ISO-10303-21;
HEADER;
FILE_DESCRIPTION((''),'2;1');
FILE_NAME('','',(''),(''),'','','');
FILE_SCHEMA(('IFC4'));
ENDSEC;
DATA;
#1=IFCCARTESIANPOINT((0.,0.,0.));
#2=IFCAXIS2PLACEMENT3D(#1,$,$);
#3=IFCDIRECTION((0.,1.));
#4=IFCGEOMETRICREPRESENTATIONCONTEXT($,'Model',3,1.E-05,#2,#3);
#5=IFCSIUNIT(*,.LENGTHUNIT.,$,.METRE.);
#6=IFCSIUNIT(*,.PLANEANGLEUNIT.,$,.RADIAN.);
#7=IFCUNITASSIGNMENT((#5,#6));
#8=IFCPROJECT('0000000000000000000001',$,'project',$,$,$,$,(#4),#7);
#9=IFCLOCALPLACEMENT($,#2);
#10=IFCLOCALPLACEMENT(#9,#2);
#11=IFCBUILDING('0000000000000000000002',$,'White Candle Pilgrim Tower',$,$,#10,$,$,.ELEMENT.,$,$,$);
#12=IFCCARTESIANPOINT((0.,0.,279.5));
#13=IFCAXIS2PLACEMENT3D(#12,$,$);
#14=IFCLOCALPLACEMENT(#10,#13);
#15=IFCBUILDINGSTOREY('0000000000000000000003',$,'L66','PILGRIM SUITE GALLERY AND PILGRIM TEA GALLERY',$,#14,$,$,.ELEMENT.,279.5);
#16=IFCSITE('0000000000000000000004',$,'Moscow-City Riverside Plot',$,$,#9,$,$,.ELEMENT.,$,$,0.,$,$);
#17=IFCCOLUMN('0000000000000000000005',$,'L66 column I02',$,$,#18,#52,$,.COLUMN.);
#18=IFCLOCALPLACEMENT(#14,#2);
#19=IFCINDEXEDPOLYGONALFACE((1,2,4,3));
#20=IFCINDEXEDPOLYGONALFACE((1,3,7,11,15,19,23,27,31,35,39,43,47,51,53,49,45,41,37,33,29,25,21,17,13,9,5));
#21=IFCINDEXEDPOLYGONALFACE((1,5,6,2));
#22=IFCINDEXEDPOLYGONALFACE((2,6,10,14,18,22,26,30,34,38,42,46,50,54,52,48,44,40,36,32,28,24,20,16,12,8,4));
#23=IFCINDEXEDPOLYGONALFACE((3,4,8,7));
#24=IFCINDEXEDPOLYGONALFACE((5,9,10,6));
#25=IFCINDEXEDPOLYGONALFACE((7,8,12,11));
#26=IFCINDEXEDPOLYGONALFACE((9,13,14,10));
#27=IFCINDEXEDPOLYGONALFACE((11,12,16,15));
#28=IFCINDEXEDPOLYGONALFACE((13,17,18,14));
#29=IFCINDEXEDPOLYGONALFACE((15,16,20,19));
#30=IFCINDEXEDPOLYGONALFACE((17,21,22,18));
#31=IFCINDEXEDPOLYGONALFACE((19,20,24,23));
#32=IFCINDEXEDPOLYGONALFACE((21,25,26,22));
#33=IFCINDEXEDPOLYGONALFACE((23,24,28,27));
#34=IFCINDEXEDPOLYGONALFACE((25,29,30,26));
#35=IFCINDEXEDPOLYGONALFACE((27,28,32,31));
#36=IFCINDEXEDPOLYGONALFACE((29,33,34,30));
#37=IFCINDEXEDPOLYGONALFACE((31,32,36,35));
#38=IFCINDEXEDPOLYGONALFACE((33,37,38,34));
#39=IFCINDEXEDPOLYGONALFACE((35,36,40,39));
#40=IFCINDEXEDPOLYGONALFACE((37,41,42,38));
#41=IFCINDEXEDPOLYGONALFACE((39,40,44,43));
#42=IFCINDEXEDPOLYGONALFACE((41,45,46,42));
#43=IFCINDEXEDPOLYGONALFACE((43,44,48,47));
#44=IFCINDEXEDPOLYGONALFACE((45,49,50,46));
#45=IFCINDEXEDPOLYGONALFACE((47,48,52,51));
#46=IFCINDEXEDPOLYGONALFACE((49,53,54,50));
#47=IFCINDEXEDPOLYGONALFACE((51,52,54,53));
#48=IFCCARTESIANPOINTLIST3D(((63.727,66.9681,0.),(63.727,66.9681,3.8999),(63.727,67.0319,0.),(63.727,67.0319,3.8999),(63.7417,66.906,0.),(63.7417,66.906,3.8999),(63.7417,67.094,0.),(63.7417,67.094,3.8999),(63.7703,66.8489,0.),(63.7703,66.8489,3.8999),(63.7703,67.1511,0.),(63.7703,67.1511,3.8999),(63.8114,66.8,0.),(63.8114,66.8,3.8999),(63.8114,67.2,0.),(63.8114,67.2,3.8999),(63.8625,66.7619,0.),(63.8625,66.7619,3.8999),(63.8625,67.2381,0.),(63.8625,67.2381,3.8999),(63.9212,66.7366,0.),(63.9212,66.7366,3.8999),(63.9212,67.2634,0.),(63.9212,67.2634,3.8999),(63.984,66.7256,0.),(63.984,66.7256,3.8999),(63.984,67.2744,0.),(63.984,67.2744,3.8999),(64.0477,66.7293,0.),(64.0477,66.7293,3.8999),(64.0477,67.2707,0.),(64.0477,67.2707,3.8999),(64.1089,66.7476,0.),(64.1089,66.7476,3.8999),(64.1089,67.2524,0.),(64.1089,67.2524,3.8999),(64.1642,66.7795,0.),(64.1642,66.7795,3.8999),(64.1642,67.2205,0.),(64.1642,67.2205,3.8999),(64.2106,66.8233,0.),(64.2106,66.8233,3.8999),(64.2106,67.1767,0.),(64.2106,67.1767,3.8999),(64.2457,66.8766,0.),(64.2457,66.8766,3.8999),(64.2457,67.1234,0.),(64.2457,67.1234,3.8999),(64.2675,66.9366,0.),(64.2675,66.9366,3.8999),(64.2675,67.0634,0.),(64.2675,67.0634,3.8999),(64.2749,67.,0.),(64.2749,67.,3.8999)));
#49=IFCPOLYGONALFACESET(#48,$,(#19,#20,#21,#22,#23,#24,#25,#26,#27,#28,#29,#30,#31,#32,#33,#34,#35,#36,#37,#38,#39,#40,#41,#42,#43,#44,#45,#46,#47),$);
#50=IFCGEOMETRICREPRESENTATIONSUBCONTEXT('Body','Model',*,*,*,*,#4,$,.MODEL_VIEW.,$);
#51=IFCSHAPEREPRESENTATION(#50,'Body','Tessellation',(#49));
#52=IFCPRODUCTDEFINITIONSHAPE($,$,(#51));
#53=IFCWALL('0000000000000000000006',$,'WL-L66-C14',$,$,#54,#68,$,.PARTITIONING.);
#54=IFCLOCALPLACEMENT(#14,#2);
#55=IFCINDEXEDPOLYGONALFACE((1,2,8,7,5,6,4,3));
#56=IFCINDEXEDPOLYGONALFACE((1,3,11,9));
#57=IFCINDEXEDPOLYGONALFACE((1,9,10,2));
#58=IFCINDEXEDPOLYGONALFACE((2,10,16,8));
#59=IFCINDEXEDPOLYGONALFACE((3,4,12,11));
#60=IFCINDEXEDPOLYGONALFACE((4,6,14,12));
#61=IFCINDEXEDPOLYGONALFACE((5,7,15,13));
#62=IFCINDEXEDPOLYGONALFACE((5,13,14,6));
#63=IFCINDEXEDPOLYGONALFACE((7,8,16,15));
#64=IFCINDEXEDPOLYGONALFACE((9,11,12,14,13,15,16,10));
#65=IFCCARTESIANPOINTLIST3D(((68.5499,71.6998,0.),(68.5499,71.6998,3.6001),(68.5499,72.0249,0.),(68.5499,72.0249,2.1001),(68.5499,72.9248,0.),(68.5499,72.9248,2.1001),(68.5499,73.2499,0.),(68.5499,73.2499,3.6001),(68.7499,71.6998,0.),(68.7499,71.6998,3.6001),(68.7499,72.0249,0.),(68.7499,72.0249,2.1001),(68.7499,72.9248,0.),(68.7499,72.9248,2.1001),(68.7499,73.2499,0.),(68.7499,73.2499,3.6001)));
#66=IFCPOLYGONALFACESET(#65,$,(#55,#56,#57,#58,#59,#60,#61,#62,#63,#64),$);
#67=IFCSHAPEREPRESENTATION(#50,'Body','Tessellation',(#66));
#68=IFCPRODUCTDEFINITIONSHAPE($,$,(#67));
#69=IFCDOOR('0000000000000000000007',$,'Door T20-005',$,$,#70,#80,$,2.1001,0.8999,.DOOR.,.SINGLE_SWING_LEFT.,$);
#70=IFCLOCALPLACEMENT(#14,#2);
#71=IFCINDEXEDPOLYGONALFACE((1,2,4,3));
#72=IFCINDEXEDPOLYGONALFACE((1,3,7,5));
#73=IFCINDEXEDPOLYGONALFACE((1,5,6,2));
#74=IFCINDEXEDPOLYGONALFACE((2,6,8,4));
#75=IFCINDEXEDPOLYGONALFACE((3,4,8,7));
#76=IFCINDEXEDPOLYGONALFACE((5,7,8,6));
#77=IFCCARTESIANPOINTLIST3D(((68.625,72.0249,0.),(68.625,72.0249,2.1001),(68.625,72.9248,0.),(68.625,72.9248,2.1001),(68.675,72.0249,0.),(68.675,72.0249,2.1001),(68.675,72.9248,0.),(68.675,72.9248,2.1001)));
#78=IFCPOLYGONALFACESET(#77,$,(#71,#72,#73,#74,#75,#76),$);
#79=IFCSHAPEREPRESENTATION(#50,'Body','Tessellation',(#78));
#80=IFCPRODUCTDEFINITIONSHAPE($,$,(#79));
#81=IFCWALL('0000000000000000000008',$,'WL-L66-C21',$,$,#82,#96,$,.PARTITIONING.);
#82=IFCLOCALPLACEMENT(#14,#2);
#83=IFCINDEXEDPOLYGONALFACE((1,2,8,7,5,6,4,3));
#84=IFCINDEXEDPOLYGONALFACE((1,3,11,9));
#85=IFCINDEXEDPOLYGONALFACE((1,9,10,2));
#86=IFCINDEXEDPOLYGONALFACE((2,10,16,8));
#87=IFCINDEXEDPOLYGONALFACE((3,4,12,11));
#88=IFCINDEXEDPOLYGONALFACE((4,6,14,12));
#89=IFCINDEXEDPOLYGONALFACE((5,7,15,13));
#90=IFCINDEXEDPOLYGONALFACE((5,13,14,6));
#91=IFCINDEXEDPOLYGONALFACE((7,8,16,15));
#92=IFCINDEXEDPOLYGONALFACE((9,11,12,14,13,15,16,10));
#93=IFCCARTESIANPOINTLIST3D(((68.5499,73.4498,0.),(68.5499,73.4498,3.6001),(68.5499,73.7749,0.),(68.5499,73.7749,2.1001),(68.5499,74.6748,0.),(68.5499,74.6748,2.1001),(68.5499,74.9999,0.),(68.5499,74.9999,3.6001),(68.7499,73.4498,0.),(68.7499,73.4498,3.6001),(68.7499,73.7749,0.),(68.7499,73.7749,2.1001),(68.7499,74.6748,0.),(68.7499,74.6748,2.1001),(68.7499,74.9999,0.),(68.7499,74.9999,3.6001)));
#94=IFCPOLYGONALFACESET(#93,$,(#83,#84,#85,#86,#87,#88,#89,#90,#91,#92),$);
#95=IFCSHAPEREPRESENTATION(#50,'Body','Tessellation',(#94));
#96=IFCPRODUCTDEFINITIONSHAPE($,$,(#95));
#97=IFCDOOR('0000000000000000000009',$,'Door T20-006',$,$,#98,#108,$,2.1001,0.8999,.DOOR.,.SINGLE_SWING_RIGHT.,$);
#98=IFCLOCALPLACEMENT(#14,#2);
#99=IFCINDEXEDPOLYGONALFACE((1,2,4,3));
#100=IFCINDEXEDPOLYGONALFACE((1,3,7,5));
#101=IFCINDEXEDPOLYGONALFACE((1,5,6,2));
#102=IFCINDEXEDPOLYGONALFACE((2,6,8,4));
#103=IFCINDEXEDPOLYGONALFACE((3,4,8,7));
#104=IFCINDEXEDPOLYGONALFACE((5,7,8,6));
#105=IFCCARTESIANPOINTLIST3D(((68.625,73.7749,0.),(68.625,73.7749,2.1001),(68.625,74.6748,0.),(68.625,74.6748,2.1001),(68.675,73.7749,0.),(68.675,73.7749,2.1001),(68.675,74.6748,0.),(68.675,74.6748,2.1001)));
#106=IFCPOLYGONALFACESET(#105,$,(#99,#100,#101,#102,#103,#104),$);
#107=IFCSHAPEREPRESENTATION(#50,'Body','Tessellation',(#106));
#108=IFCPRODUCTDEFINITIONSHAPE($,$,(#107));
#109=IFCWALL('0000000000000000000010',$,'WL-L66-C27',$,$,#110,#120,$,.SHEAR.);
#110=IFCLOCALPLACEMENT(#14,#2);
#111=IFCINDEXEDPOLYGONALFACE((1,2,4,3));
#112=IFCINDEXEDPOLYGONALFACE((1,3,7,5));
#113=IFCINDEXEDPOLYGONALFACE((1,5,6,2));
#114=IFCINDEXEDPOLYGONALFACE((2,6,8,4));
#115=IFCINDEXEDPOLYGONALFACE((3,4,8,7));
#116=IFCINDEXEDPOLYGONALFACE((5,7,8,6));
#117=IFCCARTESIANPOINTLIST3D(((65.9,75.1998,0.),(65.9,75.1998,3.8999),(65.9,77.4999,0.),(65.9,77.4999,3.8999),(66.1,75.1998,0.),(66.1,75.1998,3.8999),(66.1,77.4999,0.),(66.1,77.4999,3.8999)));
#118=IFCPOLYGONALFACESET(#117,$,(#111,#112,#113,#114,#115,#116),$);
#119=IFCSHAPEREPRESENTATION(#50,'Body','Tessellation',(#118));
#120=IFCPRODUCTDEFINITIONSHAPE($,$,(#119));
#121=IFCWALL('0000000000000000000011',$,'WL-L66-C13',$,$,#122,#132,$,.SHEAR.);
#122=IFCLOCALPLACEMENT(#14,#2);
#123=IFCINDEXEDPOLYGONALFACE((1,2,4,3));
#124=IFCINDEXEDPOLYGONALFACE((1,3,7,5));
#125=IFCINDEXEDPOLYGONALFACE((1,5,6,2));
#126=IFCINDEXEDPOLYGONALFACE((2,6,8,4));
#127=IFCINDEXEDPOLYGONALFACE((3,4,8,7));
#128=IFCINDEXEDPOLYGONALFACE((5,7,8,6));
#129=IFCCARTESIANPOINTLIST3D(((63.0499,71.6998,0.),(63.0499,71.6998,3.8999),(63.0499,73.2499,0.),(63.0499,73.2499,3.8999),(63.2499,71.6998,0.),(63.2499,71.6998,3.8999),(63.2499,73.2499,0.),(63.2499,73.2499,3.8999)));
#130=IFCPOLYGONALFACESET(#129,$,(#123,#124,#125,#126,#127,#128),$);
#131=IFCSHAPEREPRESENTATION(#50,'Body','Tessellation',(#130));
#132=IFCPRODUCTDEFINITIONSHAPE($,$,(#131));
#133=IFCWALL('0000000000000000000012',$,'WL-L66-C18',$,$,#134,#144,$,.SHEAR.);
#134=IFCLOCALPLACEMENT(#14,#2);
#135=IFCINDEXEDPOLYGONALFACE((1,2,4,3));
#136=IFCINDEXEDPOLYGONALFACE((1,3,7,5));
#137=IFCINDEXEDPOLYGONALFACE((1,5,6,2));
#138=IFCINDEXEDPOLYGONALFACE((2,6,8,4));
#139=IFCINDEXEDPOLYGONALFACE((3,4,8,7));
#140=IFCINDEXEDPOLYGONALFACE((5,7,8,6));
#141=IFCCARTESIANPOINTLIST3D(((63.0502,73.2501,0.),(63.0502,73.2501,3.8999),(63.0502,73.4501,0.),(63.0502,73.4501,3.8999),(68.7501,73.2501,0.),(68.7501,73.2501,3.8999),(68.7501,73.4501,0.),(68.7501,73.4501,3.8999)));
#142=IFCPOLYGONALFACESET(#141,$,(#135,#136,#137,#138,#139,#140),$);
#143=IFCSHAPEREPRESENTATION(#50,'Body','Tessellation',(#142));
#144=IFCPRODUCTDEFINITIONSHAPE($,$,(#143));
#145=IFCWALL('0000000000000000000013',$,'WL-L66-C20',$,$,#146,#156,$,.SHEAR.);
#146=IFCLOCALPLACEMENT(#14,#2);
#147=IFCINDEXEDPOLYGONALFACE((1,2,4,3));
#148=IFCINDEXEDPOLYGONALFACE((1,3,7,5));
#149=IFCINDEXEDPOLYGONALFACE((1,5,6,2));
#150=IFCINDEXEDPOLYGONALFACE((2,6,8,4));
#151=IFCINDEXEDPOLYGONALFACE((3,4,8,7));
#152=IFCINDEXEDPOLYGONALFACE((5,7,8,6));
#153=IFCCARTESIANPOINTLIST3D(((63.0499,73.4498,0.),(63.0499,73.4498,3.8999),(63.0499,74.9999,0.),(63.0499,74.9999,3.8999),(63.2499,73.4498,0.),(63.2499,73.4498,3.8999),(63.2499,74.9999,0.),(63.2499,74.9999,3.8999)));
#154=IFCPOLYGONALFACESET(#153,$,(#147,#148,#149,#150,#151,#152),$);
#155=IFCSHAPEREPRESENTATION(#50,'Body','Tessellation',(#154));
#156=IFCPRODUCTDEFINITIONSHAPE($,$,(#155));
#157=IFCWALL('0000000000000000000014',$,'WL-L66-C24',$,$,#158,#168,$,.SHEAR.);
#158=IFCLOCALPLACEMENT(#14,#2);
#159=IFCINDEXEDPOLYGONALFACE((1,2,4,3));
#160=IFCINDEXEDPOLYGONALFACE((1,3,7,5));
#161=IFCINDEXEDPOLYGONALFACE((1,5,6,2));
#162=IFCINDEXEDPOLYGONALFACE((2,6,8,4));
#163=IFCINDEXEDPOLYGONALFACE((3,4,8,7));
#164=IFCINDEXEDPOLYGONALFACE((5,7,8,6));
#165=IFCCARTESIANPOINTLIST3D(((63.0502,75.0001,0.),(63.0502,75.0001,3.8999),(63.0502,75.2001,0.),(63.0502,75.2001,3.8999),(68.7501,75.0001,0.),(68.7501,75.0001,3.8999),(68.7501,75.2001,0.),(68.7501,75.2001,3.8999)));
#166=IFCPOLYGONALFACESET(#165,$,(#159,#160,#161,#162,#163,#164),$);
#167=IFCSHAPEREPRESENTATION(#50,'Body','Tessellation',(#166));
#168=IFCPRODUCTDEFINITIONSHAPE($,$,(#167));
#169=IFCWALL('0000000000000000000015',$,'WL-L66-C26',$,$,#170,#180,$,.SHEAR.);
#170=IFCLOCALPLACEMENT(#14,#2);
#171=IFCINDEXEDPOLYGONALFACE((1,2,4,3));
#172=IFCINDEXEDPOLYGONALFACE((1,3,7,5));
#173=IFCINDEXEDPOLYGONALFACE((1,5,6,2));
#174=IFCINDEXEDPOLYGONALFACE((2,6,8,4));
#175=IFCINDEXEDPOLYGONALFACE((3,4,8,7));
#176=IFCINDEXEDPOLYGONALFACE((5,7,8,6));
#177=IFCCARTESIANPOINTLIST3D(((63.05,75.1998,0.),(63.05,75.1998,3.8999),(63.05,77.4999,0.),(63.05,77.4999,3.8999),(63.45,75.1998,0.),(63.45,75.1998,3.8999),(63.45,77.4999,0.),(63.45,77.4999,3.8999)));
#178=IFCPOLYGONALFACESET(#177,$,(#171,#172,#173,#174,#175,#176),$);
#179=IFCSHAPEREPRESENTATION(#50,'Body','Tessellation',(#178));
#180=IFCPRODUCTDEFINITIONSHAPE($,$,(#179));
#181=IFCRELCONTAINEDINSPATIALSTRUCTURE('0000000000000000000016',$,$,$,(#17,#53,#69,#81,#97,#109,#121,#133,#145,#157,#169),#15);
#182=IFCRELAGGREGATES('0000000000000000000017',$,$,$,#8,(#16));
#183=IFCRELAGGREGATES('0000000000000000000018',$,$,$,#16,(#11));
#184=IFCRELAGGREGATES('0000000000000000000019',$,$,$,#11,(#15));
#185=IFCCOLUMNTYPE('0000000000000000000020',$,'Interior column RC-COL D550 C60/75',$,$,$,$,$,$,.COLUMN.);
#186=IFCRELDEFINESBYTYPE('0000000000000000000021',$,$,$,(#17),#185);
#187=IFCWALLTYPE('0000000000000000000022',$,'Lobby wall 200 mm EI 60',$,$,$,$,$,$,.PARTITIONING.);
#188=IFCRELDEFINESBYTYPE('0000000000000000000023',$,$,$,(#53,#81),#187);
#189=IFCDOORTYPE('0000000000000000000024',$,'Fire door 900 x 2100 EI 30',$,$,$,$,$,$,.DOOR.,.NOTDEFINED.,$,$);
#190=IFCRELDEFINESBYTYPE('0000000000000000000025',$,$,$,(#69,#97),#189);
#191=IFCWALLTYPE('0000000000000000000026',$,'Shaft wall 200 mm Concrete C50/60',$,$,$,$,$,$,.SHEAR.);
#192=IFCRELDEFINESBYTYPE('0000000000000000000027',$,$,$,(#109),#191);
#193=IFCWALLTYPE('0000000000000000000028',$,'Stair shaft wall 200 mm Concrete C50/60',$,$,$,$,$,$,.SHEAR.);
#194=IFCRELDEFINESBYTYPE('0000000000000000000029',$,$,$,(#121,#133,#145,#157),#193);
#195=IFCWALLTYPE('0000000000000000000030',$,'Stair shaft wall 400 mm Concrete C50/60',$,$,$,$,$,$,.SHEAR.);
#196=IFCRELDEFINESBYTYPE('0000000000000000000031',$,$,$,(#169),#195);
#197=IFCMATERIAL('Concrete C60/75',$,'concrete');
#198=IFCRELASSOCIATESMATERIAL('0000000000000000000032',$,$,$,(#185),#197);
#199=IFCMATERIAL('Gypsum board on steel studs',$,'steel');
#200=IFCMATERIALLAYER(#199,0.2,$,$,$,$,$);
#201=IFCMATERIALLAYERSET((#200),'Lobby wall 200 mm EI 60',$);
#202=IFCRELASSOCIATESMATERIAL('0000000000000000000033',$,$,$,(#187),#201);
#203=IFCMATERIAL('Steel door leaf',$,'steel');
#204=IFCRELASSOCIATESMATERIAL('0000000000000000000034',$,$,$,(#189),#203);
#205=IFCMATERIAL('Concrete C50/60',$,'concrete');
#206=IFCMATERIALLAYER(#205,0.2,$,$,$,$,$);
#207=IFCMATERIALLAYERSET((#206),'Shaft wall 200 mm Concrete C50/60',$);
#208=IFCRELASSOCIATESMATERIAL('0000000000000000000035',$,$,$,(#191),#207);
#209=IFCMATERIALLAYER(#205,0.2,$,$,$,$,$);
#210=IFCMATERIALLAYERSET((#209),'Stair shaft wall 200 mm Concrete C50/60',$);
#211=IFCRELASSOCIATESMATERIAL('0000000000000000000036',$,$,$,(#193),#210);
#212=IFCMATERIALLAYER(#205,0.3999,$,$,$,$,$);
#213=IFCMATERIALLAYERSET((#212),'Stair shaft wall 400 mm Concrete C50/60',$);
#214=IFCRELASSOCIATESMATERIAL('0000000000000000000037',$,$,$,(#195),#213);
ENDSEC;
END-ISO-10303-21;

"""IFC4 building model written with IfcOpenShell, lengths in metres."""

from ifc_helpers import new_model, si_unit, direction, frame, frame_2d, origin, origin_2d, place, context, subcontext, project, spatial, rectangle, circle, extrude, material, layer, layer_set, material_profile, profile_set, type_object, element, fill, save


model = new_model("IFC4")

# Units and contexts
model_context = context("Model", 3, precision=1e-05, world=origin(), true_north=direction((0.0, 1.0)))
body_context = subcontext(model_context, "Body", "Model", "MODEL_VIEW")
ifc_project = project(units=[si_unit("LENGTHUNIT", "METRE"), si_unit("PLANEANGLEUNIT", "RADIAN")], contexts=[model_context])

# Site, building, storey
site_placement = place(None, origin())
site = spatial("IfcSite", under=ifc_project, at=site_placement, Name="Moscow-City Riverside Plot", CompositionType="ELEMENT", RefElevation=0.0)
building_placement = place(site_placement, origin())
building = spatial("IfcBuilding", under=site, at=building_placement, Name="White Candle Pilgrim Tower", CompositionType="ELEMENT")
storey_placement = place(building_placement, frame((0.0, 0.0, 279.5)))
storey = spatial("IfcBuildingStorey", under=building, at=storey_placement, Name="L66", Description="PILGRIM SUITE GALLERY AND PILGRIM TEA GALLERY", CompositionType="ELEMENT", Elevation=279.5)

# Column
ifc_material_1 = material(Name="Concrete C60/75", Category="concrete")
ifc_material_profile = material_profile(ifc_material_1, circle(Radius=0.2749, at=origin_2d()), Name="RC-COL D550")
ifc_profile_set = profile_set([ifc_material_profile], Name="Concrete C60/75")
column_type = type_object("IfcColumnType", Name="Interior column RC-COL D550 C60/75", PredefinedType="COLUMN", material=ifc_profile_set)
column_placement = place(storey_placement, frame((64.0, 67.0, 0.0), z_axis=(0.0, 0.0, 1.0), x_axis=(1.0, 0.0, 0.0)))
element("IfcColumn", 1, at=column_placement, inside=storey, type_object=column_type, Name="L66 column I02", PredefinedType="COLUMN", context=body_context, shape_type="SweptSolid", body=[
    extrude(circle(Radius=0.2749, at=origin_2d()), origin(), (0.0, 0.0, 1.0), 3.8999),
])

# Walls, openings, doors
ifc_material_2 = material(Name="Gypsum board on steel studs", Category="steel")
ifc_layer_1 = layer(ifc_material_2, 0.2)
ifc_layer_set_1 = layer_set([ifc_layer_1], Name="Lobby wall 200 mm EI 60")
wall_type_1 = type_object("IfcWallType", Name="Lobby wall 200 mm EI 60", PredefinedType="PARTITIONING", material=ifc_layer_set_1)
wall_1_placement = place(storey_placement, frame((68.6499, 71.7, 0.0), z_axis=(0.0, 0.0, 1.0), x_axis=(0.0, 1.0, 0.0)))
wall_1 = element("IfcWall", 2, at=wall_1_placement, inside=storey, type_object=wall_type_1, Name="WL-L66-C14", PredefinedType="PARTITIONING", context=body_context, shape_type="SweptSolid", body=[
    extrude(rectangle(XDim=1.55, YDim=0.2, at=frame_2d((0.7749, 0.0))), origin(), (0.0, 0.0, 1.0), 3.6001),
])
opening_1_placement = place(wall_1_placement, frame((0.325, 0.0, 0.0)))
opening_1 = element("IfcOpeningElement", 3, at=opening_1_placement, cuts=wall_1, PredefinedType="OPENING", context=body_context, shape_type="SweptSolid", body=[
    extrude(rectangle(XDim=0.8999, YDim=2.1001, at=frame_2d((0.45, 1.05))), frame((0.0, 0.1099, 0.0), z_axis=(0.0, -1.0, 0.0), x_axis=(1.0, 0.0, 0.0)), (0.0, 0.0, 1.0), 0.22),
])
ifc_material_3 = material(Name="Steel door leaf", Category="steel")
door_type = type_object("IfcDoorType", Name="Fire door 900 x 2100 EI 30", OperationType="NOTDEFINED", PredefinedType="DOOR", material=ifc_material_3)
door_1_placement = place(opening_1_placement, origin())
door_1 = element("IfcDoor", 4, at=door_1_placement, inside=storey, type_object=door_type, Name="Door T20-005", OperationType="SINGLE_SWING_LEFT", OverallHeight=2.1001, OverallWidth=0.8999, PredefinedType="DOOR", context=body_context, shape_type="SweptSolid", body=[
    extrude(rectangle(XDim=0.8999, YDim=2.1001, at=frame_2d((0.45, 1.05))), frame((0.0, 0.0249, 0.0), z_axis=(0.0, -1.0, 0.0), x_axis=(1.0, 0.0, 0.0)), (0.0, 0.0, 1.0), 0.05),
])
fill(opening_1, door_1)
wall_2_placement = place(storey_placement, frame((68.6499, 73.45, 0.0), z_axis=(0.0, 0.0, 1.0), x_axis=(0.0, 1.0, 0.0)))
wall_2 = element("IfcWall", 5, at=wall_2_placement, inside=storey, type_object=wall_type_1, Name="WL-L66-C21", PredefinedType="PARTITIONING", context=body_context, shape_type="SweptSolid", body=[
    extrude(rectangle(XDim=1.55, YDim=0.2, at=frame_2d((0.7749, 0.0))), origin(), (0.0, 0.0, 1.0), 3.6001),
])
opening_2_placement = place(wall_2_placement, frame((0.325, 0.0, 0.0)))
opening_2 = element("IfcOpeningElement", 6, at=opening_2_placement, cuts=wall_2, PredefinedType="OPENING", context=body_context, shape_type="SweptSolid", body=[
    extrude(rectangle(XDim=0.8999, YDim=2.1001, at=frame_2d((0.45, 1.05))), frame((0.0, 0.1099, 0.0), z_axis=(0.0, -1.0, 0.0), x_axis=(1.0, 0.0, 0.0)), (0.0, 0.0, 1.0), 0.22),
])
door_2_placement = place(opening_2_placement, origin())
door_2 = element("IfcDoor", 7, at=door_2_placement, inside=storey, type_object=door_type, Name="Door T20-006", OperationType="SINGLE_SWING_RIGHT", OverallHeight=2.1001, OverallWidth=0.8999, PredefinedType="DOOR", context=body_context, shape_type="SweptSolid", body=[
    extrude(rectangle(XDim=0.8999, YDim=2.1001, at=frame_2d((0.45, 1.05))), frame((0.0, 0.0249, 0.0), z_axis=(0.0, -1.0, 0.0), x_axis=(1.0, 0.0, 0.0)), (0.0, 0.0, 1.0), 0.05),
])
fill(opening_2, door_2)

# Walls
ifc_material_4 = material(Name="Concrete C50/60", Category="concrete")
ifc_layer_2 = layer(ifc_material_4, 0.2)
ifc_layer_set_2 = layer_set([ifc_layer_2], Name="Shaft wall 200 mm Concrete C50/60")
wall_type_2 = type_object("IfcWallType", Name="Shaft wall 200 mm Concrete C50/60", PredefinedType="SHEAR", material=ifc_layer_set_2)
wall_3_placement = place(storey_placement, frame((66.0, 75.2, 0.0), z_axis=(0.0, 0.0, 1.0), x_axis=(0.0, 1.0, 0.0)))
element("IfcWall", 8, at=wall_3_placement, inside=storey, type_object=wall_type_2, Name="WL-L66-C27", PredefinedType="SHEAR", context=body_context, shape_type="SweptSolid", body=[
    extrude(rectangle(XDim=2.3, YDim=0.2, at=frame_2d((1.1499, 0.0))), origin(), (0.0, 0.0, 1.0), 3.8999),
])
ifc_layer_3 = layer(ifc_material_4, 0.2)
ifc_layer_set_3 = layer_set([ifc_layer_3], Name="Stair shaft wall 200 mm Concrete C50/60")
wall_type_3 = type_object("IfcWallType", Name="Stair shaft wall 200 mm Concrete C50/60", PredefinedType="SHEAR", material=ifc_layer_set_3)
wall_4_placement = place(storey_placement, frame((63.1499, 71.7, 0.0), z_axis=(0.0, 0.0, 1.0), x_axis=(0.0, 1.0, 0.0)))
element("IfcWall", 9, at=wall_4_placement, inside=storey, type_object=wall_type_3, Name="WL-L66-C13", PredefinedType="SHEAR", context=body_context, shape_type="SweptSolid", body=[
    extrude(rectangle(XDim=1.55, YDim=0.2, at=frame_2d((0.7749, 0.0))), origin(), (0.0, 0.0, 1.0), 3.8999),
])
wall_5_placement = place(storey_placement, frame((63.05, 73.3501, 0.0), z_axis=(0.0, 0.0, 1.0), x_axis=(1.0, 0.0, 0.0)))
element("IfcWall", 10, at=wall_5_placement, inside=storey, type_object=wall_type_3, Name="WL-L66-C18", PredefinedType="SHEAR", context=body_context, shape_type="SweptSolid", body=[
    extrude(rectangle(XDim=5.7, YDim=0.2, at=frame_2d((2.8501, 0.0))), origin(), (0.0, 0.0, 1.0), 3.8999),
])
wall_6_placement = place(storey_placement, frame((63.1499, 73.45, 0.0), z_axis=(0.0, 0.0, 1.0), x_axis=(0.0, 1.0, 0.0)))
element("IfcWall", 11, at=wall_6_placement, inside=storey, type_object=wall_type_3, Name="WL-L66-C20", PredefinedType="SHEAR", context=body_context, shape_type="SweptSolid", body=[
    extrude(rectangle(XDim=1.55, YDim=0.2, at=frame_2d((0.7749, 0.0))), origin(), (0.0, 0.0, 1.0), 3.8999),
])
wall_7_placement = place(storey_placement, frame((63.05, 75.1001, 0.0), z_axis=(0.0, 0.0, 1.0), x_axis=(1.0, 0.0, 0.0)))
element("IfcWall", 12, at=wall_7_placement, inside=storey, type_object=wall_type_3, Name="WL-L66-C24", PredefinedType="SHEAR", context=body_context, shape_type="SweptSolid", body=[
    extrude(rectangle(XDim=5.7, YDim=0.2, at=frame_2d((2.8501, 0.0))), origin(), (0.0, 0.0, 1.0), 3.8999),
])
ifc_layer_4 = layer(ifc_material_4, 0.3999)
ifc_layer_set_4 = layer_set([ifc_layer_4], Name="Stair shaft wall 400 mm Concrete C50/60")
wall_type_4 = type_object("IfcWallType", Name="Stair shaft wall 400 mm Concrete C50/60", PredefinedType="SHEAR", material=ifc_layer_set_4)
wall_8_placement = place(storey_placement, frame((63.25, 75.2, 0.0), z_axis=(0.0, 0.0, 1.0), x_axis=(0.0, 1.0, 0.0)))
element("IfcWall", 13, at=wall_8_placement, inside=storey, type_object=wall_type_4, Name="WL-L66-C26", PredefinedType="SHEAR", context=body_context, shape_type="SweptSolid", body=[
    extrude(rectangle(XDim=2.3, YDim=0.3999, at=frame_2d((1.1499, 0.0))), origin(), (0.0, 0.0, 1.0), 3.8999),
])

save(model, "model.ifc")
